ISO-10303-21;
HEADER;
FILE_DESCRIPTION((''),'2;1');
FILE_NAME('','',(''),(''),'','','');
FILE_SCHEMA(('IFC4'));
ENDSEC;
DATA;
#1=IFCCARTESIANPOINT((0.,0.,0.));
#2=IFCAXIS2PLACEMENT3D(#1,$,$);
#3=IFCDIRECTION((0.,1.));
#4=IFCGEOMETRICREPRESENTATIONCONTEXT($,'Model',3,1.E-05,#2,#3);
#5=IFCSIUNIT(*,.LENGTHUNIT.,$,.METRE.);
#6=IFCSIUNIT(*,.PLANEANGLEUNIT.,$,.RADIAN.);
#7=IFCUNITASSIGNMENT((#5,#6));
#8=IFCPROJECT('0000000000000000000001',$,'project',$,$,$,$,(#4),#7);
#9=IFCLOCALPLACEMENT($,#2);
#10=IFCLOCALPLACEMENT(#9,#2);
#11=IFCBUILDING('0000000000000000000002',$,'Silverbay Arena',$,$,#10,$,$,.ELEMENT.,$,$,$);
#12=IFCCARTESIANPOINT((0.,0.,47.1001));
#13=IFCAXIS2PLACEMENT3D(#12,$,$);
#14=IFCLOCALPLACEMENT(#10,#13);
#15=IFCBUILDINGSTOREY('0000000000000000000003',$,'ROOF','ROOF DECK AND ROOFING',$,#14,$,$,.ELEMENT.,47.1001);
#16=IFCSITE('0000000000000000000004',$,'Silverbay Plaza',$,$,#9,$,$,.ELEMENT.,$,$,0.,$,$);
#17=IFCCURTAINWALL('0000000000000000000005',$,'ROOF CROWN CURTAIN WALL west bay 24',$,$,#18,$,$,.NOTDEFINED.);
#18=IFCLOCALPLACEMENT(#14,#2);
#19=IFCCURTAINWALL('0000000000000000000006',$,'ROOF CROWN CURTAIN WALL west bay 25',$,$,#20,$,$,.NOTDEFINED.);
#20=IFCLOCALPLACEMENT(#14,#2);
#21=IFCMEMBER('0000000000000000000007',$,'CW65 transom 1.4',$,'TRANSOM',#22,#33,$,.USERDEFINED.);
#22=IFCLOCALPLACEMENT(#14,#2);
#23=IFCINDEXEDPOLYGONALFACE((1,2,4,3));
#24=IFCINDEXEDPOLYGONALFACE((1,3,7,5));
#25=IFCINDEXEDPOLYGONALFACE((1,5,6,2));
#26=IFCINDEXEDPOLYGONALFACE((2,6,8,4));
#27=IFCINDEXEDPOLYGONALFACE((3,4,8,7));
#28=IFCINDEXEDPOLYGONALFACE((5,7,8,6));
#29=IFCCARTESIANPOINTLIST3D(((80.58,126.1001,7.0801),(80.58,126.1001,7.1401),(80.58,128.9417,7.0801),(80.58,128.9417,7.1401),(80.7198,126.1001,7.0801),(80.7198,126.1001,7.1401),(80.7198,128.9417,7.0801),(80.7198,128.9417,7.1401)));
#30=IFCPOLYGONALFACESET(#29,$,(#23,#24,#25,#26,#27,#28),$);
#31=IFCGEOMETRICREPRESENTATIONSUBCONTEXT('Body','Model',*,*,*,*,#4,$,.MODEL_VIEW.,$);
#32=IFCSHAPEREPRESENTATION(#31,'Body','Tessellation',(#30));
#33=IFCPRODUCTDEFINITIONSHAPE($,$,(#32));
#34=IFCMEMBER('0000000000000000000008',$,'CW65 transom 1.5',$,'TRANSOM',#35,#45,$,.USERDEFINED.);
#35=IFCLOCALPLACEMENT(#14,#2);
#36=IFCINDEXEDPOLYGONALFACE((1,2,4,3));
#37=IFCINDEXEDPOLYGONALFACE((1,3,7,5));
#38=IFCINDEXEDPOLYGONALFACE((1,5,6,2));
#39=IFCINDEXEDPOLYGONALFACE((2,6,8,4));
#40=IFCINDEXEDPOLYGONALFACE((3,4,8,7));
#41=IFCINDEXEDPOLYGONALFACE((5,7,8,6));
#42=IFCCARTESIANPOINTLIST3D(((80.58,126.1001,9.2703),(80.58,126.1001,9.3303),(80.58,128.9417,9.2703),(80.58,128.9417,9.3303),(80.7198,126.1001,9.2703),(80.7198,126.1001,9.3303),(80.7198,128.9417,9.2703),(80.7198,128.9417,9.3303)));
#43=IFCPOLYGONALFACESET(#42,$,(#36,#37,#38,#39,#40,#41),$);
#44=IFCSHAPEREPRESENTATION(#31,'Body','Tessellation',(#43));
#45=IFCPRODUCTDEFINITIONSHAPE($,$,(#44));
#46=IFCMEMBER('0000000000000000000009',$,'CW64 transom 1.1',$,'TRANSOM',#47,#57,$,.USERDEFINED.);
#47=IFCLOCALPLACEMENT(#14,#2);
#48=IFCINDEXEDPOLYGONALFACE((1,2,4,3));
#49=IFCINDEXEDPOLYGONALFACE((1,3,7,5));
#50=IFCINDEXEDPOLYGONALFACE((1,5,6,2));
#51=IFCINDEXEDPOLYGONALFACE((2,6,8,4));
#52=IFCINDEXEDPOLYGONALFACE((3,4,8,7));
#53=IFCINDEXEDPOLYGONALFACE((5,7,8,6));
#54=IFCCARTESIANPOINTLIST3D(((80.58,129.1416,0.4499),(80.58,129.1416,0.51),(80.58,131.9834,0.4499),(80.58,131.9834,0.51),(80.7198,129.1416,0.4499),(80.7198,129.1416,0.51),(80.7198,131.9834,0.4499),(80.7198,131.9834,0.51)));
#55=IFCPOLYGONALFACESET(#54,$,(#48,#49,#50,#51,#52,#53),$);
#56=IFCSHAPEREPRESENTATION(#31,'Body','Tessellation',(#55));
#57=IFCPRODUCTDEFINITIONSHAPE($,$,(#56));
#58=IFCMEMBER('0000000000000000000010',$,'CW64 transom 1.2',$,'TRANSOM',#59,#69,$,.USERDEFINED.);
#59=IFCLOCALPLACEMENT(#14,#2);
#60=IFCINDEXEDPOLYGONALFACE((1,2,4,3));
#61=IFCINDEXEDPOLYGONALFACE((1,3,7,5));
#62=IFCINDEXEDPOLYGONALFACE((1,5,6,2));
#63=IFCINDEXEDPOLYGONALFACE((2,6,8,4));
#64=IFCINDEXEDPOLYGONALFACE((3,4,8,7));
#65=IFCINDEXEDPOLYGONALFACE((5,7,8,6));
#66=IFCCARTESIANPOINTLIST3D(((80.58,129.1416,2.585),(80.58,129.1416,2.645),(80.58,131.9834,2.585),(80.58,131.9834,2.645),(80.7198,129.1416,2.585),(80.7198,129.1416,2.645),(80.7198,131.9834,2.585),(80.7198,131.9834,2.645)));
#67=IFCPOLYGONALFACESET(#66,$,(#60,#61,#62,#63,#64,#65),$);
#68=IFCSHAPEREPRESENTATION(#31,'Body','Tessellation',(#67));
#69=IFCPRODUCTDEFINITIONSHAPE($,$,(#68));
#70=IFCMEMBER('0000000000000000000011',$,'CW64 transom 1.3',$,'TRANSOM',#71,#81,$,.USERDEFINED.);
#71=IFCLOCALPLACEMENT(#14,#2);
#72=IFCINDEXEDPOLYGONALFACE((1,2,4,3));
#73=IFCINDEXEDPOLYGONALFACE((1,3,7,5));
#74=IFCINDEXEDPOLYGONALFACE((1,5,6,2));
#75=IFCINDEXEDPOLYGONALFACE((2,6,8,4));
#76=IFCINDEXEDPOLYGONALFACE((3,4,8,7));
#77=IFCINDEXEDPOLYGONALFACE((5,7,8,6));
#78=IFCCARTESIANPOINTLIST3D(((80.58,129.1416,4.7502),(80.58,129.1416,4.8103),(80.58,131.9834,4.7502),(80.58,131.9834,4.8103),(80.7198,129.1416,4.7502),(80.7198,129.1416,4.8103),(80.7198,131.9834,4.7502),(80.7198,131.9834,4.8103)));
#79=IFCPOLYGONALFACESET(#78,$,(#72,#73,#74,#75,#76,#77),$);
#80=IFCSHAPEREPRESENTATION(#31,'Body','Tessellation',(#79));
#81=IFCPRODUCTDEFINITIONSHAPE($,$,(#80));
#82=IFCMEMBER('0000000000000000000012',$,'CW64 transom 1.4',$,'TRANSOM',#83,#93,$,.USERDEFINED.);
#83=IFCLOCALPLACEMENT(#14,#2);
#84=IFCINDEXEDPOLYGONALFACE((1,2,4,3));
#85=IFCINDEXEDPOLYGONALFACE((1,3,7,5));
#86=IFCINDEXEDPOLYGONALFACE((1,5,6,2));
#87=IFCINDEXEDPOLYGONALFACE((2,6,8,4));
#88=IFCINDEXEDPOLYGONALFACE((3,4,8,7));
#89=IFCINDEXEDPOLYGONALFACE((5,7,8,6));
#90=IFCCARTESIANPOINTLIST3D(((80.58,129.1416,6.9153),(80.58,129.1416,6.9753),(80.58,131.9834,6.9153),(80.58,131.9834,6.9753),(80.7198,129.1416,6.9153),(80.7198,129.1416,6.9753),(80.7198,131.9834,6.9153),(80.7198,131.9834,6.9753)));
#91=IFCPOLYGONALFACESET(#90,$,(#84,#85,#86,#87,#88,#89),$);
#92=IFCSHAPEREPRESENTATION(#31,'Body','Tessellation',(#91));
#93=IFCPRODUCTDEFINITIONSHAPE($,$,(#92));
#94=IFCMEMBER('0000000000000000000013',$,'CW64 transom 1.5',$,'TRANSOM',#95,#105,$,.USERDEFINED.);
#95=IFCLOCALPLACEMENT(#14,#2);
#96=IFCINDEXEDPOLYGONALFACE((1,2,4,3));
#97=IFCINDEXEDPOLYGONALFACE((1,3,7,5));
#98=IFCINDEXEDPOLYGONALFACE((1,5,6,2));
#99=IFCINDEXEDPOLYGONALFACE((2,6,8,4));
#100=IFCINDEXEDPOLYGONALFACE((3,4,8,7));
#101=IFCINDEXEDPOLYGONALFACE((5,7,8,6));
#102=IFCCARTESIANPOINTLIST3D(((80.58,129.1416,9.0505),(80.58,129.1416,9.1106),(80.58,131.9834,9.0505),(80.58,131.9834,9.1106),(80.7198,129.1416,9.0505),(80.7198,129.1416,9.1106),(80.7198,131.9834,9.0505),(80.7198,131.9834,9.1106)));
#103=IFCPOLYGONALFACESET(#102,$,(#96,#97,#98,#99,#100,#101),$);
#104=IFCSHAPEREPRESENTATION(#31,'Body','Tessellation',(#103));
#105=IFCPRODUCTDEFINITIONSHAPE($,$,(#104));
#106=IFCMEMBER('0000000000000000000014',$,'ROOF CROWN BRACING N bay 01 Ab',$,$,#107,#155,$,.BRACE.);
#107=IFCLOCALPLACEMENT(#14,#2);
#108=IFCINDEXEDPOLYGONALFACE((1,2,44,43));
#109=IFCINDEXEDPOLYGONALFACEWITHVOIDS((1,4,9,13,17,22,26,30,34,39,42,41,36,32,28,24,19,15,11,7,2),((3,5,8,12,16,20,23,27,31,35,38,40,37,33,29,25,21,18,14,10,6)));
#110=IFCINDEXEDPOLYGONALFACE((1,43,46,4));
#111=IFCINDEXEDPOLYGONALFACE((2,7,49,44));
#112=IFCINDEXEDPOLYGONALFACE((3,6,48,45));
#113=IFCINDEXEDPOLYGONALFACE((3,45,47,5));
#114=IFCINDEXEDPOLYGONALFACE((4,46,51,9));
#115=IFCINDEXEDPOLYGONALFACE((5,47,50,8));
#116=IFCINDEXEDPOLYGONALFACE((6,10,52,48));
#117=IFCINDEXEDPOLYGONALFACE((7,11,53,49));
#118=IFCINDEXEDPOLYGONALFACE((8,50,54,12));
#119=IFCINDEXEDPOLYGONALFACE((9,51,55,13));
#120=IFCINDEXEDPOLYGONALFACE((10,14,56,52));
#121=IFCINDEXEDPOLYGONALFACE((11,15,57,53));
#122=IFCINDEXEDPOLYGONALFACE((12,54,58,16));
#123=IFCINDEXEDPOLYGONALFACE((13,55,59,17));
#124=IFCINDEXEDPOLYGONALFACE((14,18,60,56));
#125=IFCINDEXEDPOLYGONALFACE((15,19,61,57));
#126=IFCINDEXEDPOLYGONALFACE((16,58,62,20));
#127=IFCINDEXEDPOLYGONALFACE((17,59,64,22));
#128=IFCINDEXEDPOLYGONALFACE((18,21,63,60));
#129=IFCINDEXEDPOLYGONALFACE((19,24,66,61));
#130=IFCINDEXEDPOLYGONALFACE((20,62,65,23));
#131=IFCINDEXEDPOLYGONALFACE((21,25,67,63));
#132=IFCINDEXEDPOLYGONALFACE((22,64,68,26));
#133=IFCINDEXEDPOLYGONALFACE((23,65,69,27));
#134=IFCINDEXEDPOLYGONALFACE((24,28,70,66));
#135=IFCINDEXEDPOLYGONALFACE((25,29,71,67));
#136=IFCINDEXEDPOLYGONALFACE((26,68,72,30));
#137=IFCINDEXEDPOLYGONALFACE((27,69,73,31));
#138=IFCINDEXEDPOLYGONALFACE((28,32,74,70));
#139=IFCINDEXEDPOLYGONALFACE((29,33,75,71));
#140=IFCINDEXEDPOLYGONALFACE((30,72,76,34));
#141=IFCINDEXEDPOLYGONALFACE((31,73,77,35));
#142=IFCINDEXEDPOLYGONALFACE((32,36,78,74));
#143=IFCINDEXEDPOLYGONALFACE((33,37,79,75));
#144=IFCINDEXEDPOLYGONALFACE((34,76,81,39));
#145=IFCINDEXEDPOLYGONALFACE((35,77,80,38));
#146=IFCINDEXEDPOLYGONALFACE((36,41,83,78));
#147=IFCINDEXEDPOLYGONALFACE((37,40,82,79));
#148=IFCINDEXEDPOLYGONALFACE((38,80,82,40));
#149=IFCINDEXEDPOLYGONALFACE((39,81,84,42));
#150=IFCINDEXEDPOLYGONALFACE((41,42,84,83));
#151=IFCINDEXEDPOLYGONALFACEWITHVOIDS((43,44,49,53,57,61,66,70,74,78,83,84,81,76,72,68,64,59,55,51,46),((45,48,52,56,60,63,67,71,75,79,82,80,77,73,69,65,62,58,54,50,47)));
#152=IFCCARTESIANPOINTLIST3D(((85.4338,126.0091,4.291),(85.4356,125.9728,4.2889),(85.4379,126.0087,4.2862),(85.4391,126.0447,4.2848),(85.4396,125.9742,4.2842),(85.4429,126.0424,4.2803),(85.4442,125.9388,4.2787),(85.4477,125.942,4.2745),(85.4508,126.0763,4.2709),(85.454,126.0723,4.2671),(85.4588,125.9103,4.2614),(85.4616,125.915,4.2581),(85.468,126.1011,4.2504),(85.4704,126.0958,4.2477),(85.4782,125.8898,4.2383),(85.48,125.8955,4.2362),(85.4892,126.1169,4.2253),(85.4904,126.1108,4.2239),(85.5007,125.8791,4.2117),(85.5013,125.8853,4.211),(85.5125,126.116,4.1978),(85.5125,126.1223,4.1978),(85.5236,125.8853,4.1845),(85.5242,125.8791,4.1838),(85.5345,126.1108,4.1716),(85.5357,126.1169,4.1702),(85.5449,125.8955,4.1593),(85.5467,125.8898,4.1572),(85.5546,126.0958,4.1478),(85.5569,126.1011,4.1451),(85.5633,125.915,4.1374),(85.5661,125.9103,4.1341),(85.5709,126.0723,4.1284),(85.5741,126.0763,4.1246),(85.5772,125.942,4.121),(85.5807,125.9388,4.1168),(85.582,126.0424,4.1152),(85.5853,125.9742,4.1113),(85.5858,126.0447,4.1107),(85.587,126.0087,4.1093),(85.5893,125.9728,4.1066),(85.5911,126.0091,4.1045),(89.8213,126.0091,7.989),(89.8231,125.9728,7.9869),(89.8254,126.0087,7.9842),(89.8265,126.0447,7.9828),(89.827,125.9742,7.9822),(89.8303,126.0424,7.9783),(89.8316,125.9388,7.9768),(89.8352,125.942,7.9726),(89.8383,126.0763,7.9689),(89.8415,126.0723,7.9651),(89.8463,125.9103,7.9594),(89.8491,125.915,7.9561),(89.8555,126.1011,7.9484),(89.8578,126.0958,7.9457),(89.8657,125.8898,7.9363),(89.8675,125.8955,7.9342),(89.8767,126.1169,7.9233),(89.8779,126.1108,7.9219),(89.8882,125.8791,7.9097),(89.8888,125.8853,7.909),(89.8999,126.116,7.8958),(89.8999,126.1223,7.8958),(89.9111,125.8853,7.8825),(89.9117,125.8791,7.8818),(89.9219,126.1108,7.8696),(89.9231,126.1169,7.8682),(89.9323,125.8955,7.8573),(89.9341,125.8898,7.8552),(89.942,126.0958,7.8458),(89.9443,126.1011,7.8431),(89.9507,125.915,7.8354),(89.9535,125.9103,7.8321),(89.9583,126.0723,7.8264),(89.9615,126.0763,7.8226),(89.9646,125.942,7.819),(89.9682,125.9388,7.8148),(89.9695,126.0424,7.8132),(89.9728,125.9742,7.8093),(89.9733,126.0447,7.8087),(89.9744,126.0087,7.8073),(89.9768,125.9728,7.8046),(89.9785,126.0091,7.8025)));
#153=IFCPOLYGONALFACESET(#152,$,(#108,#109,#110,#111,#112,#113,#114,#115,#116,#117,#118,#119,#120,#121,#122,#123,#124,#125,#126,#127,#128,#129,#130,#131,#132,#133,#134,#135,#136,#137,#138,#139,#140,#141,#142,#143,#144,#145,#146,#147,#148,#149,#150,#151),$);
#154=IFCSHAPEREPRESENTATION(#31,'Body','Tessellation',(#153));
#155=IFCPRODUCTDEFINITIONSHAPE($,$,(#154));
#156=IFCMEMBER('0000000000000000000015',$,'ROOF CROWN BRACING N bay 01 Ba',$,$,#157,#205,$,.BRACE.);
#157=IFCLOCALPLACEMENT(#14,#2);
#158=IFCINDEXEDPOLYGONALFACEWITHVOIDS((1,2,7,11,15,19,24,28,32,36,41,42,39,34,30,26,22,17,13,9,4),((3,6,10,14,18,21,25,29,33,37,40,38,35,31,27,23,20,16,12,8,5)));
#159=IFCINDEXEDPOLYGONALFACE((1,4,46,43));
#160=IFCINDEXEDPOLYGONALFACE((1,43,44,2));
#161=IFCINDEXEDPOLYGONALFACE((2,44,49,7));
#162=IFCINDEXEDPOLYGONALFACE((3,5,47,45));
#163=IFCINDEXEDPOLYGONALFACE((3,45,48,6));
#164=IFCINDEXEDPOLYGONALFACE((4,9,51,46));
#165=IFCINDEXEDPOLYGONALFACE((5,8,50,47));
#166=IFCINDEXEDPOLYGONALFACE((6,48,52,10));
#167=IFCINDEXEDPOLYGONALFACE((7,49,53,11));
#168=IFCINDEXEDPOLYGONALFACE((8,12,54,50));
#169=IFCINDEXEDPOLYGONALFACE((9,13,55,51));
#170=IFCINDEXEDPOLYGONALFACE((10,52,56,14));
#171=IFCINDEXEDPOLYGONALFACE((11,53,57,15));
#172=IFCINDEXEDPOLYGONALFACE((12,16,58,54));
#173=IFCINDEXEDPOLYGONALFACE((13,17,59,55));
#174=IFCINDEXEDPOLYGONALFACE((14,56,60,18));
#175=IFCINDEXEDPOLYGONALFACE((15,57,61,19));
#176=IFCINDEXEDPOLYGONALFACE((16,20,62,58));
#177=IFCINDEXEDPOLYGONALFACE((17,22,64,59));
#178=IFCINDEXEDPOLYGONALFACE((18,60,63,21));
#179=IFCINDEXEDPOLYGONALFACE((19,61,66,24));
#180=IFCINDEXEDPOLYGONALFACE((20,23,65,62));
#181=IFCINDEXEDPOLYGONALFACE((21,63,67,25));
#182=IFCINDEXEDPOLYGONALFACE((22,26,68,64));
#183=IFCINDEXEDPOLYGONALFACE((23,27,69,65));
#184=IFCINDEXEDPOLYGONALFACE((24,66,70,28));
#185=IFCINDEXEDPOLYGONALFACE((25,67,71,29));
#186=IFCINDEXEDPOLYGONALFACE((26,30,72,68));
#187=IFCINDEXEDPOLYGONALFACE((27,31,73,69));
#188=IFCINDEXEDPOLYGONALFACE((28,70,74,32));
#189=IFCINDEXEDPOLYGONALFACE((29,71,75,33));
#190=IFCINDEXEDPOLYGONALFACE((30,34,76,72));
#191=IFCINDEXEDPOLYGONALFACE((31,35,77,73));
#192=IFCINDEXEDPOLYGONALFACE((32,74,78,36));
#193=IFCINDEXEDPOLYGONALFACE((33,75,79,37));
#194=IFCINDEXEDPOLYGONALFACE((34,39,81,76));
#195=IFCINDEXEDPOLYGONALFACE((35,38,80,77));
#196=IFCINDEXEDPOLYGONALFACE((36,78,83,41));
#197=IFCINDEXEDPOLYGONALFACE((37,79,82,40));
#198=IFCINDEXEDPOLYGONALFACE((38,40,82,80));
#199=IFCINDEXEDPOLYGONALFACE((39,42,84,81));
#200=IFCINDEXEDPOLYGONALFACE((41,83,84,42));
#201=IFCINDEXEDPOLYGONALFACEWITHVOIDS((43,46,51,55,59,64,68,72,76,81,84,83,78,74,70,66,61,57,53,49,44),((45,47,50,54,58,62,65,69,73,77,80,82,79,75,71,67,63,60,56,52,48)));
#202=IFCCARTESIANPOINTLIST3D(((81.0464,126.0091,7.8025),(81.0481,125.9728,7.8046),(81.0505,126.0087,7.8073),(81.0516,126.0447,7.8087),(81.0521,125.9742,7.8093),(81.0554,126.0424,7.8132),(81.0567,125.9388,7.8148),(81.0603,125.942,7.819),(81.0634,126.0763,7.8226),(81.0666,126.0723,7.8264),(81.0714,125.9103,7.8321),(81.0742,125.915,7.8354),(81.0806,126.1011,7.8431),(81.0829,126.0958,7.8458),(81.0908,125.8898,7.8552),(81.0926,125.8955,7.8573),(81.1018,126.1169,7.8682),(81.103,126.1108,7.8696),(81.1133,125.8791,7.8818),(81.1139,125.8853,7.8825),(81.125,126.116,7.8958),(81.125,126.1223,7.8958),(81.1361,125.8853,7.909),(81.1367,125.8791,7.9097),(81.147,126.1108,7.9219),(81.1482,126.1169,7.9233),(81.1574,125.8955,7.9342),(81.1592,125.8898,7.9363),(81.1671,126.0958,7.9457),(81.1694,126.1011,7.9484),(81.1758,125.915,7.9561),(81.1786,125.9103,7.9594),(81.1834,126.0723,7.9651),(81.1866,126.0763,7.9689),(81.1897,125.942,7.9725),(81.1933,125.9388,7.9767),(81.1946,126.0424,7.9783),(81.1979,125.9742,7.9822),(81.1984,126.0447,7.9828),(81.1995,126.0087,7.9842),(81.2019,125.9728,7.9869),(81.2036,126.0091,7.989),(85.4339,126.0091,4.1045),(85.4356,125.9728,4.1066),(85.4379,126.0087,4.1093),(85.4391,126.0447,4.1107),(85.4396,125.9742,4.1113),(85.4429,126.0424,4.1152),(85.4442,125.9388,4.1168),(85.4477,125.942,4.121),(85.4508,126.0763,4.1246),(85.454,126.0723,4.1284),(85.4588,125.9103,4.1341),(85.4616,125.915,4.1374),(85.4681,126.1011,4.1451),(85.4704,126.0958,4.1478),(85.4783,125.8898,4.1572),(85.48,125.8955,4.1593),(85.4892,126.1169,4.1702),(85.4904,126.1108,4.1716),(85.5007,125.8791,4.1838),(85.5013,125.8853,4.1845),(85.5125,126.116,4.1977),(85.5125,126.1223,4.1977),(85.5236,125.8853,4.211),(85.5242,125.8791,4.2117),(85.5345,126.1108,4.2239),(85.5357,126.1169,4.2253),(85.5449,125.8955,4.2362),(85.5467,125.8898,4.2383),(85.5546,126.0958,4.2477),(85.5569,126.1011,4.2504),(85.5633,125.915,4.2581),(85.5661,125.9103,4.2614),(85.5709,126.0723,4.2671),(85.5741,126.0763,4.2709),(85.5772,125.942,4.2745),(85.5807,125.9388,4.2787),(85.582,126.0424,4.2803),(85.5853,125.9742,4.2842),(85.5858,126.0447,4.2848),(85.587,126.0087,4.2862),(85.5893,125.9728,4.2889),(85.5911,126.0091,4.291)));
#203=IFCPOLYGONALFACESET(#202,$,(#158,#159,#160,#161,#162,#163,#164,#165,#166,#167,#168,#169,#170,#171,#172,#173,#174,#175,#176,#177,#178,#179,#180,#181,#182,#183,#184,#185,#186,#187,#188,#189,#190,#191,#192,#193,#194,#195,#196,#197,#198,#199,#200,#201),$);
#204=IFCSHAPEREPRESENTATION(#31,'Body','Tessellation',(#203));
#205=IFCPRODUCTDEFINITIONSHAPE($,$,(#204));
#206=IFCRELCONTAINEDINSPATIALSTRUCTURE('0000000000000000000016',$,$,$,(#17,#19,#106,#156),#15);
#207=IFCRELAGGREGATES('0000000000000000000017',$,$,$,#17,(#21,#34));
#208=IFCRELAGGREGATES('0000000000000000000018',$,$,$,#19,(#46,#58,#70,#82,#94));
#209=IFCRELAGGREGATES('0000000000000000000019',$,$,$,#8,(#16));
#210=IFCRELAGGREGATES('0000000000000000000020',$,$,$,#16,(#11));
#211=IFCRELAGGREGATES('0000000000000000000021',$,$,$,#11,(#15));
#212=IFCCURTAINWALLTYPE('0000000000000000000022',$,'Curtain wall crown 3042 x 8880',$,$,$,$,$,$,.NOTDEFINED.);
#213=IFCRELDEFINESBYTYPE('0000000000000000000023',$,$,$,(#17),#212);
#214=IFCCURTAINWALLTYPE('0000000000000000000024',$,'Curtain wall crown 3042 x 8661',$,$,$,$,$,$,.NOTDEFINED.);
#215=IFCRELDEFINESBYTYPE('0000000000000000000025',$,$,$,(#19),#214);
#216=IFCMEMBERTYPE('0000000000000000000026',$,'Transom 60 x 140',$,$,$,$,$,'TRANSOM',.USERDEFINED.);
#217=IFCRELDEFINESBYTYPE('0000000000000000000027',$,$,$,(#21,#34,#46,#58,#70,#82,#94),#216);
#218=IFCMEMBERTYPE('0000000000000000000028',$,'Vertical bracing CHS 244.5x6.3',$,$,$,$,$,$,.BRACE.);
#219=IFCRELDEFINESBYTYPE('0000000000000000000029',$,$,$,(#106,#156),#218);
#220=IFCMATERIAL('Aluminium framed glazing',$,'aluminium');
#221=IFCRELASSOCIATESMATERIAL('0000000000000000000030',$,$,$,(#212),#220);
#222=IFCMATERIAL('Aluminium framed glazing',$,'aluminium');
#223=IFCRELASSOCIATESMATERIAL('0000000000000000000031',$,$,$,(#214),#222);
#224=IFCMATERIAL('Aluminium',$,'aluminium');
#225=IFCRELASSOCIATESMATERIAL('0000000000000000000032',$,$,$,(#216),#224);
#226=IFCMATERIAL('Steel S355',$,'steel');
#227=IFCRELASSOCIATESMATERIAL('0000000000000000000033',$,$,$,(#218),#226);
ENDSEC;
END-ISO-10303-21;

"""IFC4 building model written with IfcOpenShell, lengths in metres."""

from ifc_helpers import new_model, si_unit, direction, frame, origin, origin_2d, place, context, subcontext, project, spatial, rectangle, hollow_circle, extrude, material, material_profile, profile_set, type_object, element, aggregate, save


model = new_model("IFC4")

# Units and contexts
model_context = context("Model", 3, precision=1e-05, world=origin(), true_north=direction((0.0, 1.0)))
body_context = subcontext(model_context, "Body", "Model", "MODEL_VIEW")
ifc_project = project(units=[si_unit("LENGTHUNIT", "METRE"), si_unit("PLANEANGLEUNIT", "RADIAN")], contexts=[model_context])

# Site, building, storey
site_placement = place(None, origin())
site = spatial("IfcSite", under=ifc_project, at=site_placement, Name="Silverbay Plaza", CompositionType="ELEMENT", RefElevation=0.0)
building_placement = place(site_placement, origin())
building = spatial("IfcBuilding", under=site, at=building_placement, Name="Silverbay Arena", CompositionType="ELEMENT")
storey_placement = place(building_placement, frame((0.0, 0.0, 47.1001)))
storey = spatial("IfcBuildingStorey", under=building, at=storey_placement, Name="ROOF", Description="ROOF DECK AND ROOFING", CompositionType="ELEMENT", Elevation=47.1001)

# Curtain wall
ifc_material_1 = material(Name="Aluminium framed glazing", Category="aluminium")
curtain_wall_type_1 = type_object("IfcCurtainWallType", Name="Curtain wall crown 3042 x 8880", PredefinedType="NOTDEFINED", material=ifc_material_1)
curtain_wall_1_placement = place(storey_placement, origin())
curtain_wall_1 = element("IfcCurtainWall", 1, at=curtain_wall_1_placement, inside=storey, type_object=curtain_wall_type_1, Name="ROOF CROWN CURTAIN WALL west bay 24", PredefinedType="NOTDEFINED")
placement = place(building_placement, frame((0.0, 0.0, 33.5)))

# Curtain wall
ifc_material_2 = material(Name="Aluminium framed glazing", Category="aluminium")
curtain_wall_type_2 = type_object("IfcCurtainWallType", Name="Curtain wall crown 3042 x 8661", PredefinedType="NOTDEFINED", material=ifc_material_2)
curtain_wall_2_placement = place(storey_placement, origin())
curtain_wall_2 = element("IfcCurtainWall", 2, at=curtain_wall_2_placement, inside=storey, type_object=curtain_wall_type_2, Name="ROOF CROWN CURTAIN WALL west bay 25", PredefinedType="NOTDEFINED")

# Members
ifc_material_3 = material(Name="Aluminium", Category="aluminium")
ifc_material_profile_1 = material_profile(ifc_material_3, rectangle(XDim=0.1399, YDim=0.0601, at=origin_2d()), Name="Transom 60 x 140")
ifc_profile_set_1 = profile_set([ifc_material_profile_1], Name="Aluminium")
member_type_1 = type_object("IfcMemberType", Name="Transom 60 x 140", ElementType="TRANSOM", PredefinedType="USERDEFINED", material=ifc_profile_set_1)
member_1_placement = place(placement, frame((80.6499, 126.1001, 20.7102), z_axis=(0.0, 1.0, 0.0), x_axis=(-1.0, 0.0, 0.0)))
member_1 = element("IfcMember", 3, at=member_1_placement, type_object=member_type_1, Name="CW65 transom 1.4", ObjectType="TRANSOM", PredefinedType="USERDEFINED", context=body_context, shape_type="SweptSolid", body=[
    extrude(rectangle(XDim=0.1399, YDim=0.0601, at=origin_2d()), origin(), (0.0, 0.0, 1.0), 2.8416),
])
member_2_placement = place(placement, frame((80.6499, 126.1001, 22.9004), z_axis=(0.0, 1.0, 0.0), x_axis=(-1.0, 0.0, 0.0)))
member_2 = element("IfcMember", 4, at=member_2_placement, type_object=member_type_1, Name="CW65 transom 1.5", ObjectType="TRANSOM", PredefinedType="USERDEFINED", context=body_context, shape_type="SweptSolid", body=[
    extrude(rectangle(XDim=0.1399, YDim=0.0601, at=origin_2d()), origin(), (0.0, 0.0, 1.0), 2.8416),
])
member_3_placement = place(placement, frame((80.6499, 129.1416, 14.0801), z_axis=(0.0, 1.0, 0.0), x_axis=(-1.0, 0.0, 0.0)))
member_3 = element("IfcMember", 5, at=member_3_placement, type_object=member_type_1, Name="CW64 transom 1.1", ObjectType="TRANSOM", PredefinedType="USERDEFINED", context=body_context, shape_type="SweptSolid", body=[
    extrude(rectangle(XDim=0.1399, YDim=0.0601, at=origin_2d()), origin(), (0.0, 0.0, 1.0), 2.8418),
])
member_4_placement = place(placement, frame((80.6499, 129.1416, 16.2151), z_axis=(0.0, 1.0, 0.0), x_axis=(-1.0, 0.0, 0.0)))
member_4 = element("IfcMember", 6, at=member_4_placement, type_object=member_type_1, Name="CW64 transom 1.2", ObjectType="TRANSOM", PredefinedType="USERDEFINED", context=body_context, shape_type="SweptSolid", body=[
    extrude(rectangle(XDim=0.1399, YDim=0.0601, at=origin_2d()), origin(), (0.0, 0.0, 1.0), 2.8418),
])
member_5_placement = place(placement, frame((80.6499, 129.1416, 18.3804), z_axis=(0.0, 1.0, 0.0), x_axis=(-1.0, 0.0, 0.0)))
member_5 = element("IfcMember", 7, at=member_5_placement, type_object=member_type_1, Name="CW64 transom 1.3", ObjectType="TRANSOM", PredefinedType="USERDEFINED", context=body_context, shape_type="SweptSolid", body=[
    extrude(rectangle(XDim=0.1399, YDim=0.0601, at=origin_2d()), origin(), (0.0, 0.0, 1.0), 2.8418),
])
member_6_placement = place(placement, frame((80.6499, 129.1416, 20.5454), z_axis=(0.0, 1.0, 0.0), x_axis=(-1.0, 0.0, 0.0)))
member_6 = element("IfcMember", 8, at=member_6_placement, type_object=member_type_1, Name="CW64 transom 1.4", ObjectType="TRANSOM", PredefinedType="USERDEFINED", context=body_context, shape_type="SweptSolid", body=[
    extrude(rectangle(XDim=0.1399, YDim=0.0601, at=origin_2d()), origin(), (0.0, 0.0, 1.0), 2.8418),
])
member_7_placement = place(placement, frame((80.6499, 129.1416, 22.6807), z_axis=(0.0, 1.0, 0.0), x_axis=(-1.0, 0.0, 0.0)))
member_7 = element("IfcMember", 9, at=member_7_placement, type_object=member_type_1, Name="CW64 transom 1.5", ObjectType="TRANSOM", PredefinedType="USERDEFINED", context=body_context, shape_type="SweptSolid", body=[
    extrude(rectangle(XDim=0.1399, YDim=0.0601, at=origin_2d()), origin(), (0.0, 0.0, 1.0), 2.8418),
])

# Members
ifc_material_4 = material(Name="Steel S355", Category="steel")
ifc_material_profile_2 = material_profile(ifc_material_4, hollow_circle(Radius=0.1223, WallThickness=0.0063, at=origin_2d()), Name="CHS 244.5x6.3")
ifc_profile_set_2 = profile_set([ifc_material_profile_2], Name="Steel S355")
member_type_2 = type_object("IfcMemberType", Name="Vertical bracing CHS 244.5x6.3", PredefinedType="BRACE", material=ifc_profile_set_2)
for number, where, z_axis, x_axis, name in (
    (10, (85.5125, 126.0, 4.1978), (0.764628, 0.0, 0.644472), (0.0, 1.0, 0.0), "ROOF CROWN BRACING N bay 01 Ab"),
    (11, (81.125, 126.0, 7.8958), (0.764628, 0.0, -0.644472), (0.0, 1.0, 0.0), "ROOF CROWN BRACING N bay 01 Ba"),
):
    element("IfcMember", number, at=place(storey_placement, frame(where, z_axis=z_axis, x_axis=x_axis)), inside=storey, type_object=member_type_2, Name=name, PredefinedType="BRACE", context=body_context, shape_type="SweptSolid", body=[
        extrude(hollow_circle(Radius=0.1223, WallThickness=0.0063, at=origin_2d()), origin(), (0.0, 0.0, 1.0), 5.738),
    ])

aggregate(curtain_wall_1, [member_1, member_2])
aggregate(curtain_wall_2, [member_3, member_4, member_5, member_6, member_7])

save(model, "model.ifc")
